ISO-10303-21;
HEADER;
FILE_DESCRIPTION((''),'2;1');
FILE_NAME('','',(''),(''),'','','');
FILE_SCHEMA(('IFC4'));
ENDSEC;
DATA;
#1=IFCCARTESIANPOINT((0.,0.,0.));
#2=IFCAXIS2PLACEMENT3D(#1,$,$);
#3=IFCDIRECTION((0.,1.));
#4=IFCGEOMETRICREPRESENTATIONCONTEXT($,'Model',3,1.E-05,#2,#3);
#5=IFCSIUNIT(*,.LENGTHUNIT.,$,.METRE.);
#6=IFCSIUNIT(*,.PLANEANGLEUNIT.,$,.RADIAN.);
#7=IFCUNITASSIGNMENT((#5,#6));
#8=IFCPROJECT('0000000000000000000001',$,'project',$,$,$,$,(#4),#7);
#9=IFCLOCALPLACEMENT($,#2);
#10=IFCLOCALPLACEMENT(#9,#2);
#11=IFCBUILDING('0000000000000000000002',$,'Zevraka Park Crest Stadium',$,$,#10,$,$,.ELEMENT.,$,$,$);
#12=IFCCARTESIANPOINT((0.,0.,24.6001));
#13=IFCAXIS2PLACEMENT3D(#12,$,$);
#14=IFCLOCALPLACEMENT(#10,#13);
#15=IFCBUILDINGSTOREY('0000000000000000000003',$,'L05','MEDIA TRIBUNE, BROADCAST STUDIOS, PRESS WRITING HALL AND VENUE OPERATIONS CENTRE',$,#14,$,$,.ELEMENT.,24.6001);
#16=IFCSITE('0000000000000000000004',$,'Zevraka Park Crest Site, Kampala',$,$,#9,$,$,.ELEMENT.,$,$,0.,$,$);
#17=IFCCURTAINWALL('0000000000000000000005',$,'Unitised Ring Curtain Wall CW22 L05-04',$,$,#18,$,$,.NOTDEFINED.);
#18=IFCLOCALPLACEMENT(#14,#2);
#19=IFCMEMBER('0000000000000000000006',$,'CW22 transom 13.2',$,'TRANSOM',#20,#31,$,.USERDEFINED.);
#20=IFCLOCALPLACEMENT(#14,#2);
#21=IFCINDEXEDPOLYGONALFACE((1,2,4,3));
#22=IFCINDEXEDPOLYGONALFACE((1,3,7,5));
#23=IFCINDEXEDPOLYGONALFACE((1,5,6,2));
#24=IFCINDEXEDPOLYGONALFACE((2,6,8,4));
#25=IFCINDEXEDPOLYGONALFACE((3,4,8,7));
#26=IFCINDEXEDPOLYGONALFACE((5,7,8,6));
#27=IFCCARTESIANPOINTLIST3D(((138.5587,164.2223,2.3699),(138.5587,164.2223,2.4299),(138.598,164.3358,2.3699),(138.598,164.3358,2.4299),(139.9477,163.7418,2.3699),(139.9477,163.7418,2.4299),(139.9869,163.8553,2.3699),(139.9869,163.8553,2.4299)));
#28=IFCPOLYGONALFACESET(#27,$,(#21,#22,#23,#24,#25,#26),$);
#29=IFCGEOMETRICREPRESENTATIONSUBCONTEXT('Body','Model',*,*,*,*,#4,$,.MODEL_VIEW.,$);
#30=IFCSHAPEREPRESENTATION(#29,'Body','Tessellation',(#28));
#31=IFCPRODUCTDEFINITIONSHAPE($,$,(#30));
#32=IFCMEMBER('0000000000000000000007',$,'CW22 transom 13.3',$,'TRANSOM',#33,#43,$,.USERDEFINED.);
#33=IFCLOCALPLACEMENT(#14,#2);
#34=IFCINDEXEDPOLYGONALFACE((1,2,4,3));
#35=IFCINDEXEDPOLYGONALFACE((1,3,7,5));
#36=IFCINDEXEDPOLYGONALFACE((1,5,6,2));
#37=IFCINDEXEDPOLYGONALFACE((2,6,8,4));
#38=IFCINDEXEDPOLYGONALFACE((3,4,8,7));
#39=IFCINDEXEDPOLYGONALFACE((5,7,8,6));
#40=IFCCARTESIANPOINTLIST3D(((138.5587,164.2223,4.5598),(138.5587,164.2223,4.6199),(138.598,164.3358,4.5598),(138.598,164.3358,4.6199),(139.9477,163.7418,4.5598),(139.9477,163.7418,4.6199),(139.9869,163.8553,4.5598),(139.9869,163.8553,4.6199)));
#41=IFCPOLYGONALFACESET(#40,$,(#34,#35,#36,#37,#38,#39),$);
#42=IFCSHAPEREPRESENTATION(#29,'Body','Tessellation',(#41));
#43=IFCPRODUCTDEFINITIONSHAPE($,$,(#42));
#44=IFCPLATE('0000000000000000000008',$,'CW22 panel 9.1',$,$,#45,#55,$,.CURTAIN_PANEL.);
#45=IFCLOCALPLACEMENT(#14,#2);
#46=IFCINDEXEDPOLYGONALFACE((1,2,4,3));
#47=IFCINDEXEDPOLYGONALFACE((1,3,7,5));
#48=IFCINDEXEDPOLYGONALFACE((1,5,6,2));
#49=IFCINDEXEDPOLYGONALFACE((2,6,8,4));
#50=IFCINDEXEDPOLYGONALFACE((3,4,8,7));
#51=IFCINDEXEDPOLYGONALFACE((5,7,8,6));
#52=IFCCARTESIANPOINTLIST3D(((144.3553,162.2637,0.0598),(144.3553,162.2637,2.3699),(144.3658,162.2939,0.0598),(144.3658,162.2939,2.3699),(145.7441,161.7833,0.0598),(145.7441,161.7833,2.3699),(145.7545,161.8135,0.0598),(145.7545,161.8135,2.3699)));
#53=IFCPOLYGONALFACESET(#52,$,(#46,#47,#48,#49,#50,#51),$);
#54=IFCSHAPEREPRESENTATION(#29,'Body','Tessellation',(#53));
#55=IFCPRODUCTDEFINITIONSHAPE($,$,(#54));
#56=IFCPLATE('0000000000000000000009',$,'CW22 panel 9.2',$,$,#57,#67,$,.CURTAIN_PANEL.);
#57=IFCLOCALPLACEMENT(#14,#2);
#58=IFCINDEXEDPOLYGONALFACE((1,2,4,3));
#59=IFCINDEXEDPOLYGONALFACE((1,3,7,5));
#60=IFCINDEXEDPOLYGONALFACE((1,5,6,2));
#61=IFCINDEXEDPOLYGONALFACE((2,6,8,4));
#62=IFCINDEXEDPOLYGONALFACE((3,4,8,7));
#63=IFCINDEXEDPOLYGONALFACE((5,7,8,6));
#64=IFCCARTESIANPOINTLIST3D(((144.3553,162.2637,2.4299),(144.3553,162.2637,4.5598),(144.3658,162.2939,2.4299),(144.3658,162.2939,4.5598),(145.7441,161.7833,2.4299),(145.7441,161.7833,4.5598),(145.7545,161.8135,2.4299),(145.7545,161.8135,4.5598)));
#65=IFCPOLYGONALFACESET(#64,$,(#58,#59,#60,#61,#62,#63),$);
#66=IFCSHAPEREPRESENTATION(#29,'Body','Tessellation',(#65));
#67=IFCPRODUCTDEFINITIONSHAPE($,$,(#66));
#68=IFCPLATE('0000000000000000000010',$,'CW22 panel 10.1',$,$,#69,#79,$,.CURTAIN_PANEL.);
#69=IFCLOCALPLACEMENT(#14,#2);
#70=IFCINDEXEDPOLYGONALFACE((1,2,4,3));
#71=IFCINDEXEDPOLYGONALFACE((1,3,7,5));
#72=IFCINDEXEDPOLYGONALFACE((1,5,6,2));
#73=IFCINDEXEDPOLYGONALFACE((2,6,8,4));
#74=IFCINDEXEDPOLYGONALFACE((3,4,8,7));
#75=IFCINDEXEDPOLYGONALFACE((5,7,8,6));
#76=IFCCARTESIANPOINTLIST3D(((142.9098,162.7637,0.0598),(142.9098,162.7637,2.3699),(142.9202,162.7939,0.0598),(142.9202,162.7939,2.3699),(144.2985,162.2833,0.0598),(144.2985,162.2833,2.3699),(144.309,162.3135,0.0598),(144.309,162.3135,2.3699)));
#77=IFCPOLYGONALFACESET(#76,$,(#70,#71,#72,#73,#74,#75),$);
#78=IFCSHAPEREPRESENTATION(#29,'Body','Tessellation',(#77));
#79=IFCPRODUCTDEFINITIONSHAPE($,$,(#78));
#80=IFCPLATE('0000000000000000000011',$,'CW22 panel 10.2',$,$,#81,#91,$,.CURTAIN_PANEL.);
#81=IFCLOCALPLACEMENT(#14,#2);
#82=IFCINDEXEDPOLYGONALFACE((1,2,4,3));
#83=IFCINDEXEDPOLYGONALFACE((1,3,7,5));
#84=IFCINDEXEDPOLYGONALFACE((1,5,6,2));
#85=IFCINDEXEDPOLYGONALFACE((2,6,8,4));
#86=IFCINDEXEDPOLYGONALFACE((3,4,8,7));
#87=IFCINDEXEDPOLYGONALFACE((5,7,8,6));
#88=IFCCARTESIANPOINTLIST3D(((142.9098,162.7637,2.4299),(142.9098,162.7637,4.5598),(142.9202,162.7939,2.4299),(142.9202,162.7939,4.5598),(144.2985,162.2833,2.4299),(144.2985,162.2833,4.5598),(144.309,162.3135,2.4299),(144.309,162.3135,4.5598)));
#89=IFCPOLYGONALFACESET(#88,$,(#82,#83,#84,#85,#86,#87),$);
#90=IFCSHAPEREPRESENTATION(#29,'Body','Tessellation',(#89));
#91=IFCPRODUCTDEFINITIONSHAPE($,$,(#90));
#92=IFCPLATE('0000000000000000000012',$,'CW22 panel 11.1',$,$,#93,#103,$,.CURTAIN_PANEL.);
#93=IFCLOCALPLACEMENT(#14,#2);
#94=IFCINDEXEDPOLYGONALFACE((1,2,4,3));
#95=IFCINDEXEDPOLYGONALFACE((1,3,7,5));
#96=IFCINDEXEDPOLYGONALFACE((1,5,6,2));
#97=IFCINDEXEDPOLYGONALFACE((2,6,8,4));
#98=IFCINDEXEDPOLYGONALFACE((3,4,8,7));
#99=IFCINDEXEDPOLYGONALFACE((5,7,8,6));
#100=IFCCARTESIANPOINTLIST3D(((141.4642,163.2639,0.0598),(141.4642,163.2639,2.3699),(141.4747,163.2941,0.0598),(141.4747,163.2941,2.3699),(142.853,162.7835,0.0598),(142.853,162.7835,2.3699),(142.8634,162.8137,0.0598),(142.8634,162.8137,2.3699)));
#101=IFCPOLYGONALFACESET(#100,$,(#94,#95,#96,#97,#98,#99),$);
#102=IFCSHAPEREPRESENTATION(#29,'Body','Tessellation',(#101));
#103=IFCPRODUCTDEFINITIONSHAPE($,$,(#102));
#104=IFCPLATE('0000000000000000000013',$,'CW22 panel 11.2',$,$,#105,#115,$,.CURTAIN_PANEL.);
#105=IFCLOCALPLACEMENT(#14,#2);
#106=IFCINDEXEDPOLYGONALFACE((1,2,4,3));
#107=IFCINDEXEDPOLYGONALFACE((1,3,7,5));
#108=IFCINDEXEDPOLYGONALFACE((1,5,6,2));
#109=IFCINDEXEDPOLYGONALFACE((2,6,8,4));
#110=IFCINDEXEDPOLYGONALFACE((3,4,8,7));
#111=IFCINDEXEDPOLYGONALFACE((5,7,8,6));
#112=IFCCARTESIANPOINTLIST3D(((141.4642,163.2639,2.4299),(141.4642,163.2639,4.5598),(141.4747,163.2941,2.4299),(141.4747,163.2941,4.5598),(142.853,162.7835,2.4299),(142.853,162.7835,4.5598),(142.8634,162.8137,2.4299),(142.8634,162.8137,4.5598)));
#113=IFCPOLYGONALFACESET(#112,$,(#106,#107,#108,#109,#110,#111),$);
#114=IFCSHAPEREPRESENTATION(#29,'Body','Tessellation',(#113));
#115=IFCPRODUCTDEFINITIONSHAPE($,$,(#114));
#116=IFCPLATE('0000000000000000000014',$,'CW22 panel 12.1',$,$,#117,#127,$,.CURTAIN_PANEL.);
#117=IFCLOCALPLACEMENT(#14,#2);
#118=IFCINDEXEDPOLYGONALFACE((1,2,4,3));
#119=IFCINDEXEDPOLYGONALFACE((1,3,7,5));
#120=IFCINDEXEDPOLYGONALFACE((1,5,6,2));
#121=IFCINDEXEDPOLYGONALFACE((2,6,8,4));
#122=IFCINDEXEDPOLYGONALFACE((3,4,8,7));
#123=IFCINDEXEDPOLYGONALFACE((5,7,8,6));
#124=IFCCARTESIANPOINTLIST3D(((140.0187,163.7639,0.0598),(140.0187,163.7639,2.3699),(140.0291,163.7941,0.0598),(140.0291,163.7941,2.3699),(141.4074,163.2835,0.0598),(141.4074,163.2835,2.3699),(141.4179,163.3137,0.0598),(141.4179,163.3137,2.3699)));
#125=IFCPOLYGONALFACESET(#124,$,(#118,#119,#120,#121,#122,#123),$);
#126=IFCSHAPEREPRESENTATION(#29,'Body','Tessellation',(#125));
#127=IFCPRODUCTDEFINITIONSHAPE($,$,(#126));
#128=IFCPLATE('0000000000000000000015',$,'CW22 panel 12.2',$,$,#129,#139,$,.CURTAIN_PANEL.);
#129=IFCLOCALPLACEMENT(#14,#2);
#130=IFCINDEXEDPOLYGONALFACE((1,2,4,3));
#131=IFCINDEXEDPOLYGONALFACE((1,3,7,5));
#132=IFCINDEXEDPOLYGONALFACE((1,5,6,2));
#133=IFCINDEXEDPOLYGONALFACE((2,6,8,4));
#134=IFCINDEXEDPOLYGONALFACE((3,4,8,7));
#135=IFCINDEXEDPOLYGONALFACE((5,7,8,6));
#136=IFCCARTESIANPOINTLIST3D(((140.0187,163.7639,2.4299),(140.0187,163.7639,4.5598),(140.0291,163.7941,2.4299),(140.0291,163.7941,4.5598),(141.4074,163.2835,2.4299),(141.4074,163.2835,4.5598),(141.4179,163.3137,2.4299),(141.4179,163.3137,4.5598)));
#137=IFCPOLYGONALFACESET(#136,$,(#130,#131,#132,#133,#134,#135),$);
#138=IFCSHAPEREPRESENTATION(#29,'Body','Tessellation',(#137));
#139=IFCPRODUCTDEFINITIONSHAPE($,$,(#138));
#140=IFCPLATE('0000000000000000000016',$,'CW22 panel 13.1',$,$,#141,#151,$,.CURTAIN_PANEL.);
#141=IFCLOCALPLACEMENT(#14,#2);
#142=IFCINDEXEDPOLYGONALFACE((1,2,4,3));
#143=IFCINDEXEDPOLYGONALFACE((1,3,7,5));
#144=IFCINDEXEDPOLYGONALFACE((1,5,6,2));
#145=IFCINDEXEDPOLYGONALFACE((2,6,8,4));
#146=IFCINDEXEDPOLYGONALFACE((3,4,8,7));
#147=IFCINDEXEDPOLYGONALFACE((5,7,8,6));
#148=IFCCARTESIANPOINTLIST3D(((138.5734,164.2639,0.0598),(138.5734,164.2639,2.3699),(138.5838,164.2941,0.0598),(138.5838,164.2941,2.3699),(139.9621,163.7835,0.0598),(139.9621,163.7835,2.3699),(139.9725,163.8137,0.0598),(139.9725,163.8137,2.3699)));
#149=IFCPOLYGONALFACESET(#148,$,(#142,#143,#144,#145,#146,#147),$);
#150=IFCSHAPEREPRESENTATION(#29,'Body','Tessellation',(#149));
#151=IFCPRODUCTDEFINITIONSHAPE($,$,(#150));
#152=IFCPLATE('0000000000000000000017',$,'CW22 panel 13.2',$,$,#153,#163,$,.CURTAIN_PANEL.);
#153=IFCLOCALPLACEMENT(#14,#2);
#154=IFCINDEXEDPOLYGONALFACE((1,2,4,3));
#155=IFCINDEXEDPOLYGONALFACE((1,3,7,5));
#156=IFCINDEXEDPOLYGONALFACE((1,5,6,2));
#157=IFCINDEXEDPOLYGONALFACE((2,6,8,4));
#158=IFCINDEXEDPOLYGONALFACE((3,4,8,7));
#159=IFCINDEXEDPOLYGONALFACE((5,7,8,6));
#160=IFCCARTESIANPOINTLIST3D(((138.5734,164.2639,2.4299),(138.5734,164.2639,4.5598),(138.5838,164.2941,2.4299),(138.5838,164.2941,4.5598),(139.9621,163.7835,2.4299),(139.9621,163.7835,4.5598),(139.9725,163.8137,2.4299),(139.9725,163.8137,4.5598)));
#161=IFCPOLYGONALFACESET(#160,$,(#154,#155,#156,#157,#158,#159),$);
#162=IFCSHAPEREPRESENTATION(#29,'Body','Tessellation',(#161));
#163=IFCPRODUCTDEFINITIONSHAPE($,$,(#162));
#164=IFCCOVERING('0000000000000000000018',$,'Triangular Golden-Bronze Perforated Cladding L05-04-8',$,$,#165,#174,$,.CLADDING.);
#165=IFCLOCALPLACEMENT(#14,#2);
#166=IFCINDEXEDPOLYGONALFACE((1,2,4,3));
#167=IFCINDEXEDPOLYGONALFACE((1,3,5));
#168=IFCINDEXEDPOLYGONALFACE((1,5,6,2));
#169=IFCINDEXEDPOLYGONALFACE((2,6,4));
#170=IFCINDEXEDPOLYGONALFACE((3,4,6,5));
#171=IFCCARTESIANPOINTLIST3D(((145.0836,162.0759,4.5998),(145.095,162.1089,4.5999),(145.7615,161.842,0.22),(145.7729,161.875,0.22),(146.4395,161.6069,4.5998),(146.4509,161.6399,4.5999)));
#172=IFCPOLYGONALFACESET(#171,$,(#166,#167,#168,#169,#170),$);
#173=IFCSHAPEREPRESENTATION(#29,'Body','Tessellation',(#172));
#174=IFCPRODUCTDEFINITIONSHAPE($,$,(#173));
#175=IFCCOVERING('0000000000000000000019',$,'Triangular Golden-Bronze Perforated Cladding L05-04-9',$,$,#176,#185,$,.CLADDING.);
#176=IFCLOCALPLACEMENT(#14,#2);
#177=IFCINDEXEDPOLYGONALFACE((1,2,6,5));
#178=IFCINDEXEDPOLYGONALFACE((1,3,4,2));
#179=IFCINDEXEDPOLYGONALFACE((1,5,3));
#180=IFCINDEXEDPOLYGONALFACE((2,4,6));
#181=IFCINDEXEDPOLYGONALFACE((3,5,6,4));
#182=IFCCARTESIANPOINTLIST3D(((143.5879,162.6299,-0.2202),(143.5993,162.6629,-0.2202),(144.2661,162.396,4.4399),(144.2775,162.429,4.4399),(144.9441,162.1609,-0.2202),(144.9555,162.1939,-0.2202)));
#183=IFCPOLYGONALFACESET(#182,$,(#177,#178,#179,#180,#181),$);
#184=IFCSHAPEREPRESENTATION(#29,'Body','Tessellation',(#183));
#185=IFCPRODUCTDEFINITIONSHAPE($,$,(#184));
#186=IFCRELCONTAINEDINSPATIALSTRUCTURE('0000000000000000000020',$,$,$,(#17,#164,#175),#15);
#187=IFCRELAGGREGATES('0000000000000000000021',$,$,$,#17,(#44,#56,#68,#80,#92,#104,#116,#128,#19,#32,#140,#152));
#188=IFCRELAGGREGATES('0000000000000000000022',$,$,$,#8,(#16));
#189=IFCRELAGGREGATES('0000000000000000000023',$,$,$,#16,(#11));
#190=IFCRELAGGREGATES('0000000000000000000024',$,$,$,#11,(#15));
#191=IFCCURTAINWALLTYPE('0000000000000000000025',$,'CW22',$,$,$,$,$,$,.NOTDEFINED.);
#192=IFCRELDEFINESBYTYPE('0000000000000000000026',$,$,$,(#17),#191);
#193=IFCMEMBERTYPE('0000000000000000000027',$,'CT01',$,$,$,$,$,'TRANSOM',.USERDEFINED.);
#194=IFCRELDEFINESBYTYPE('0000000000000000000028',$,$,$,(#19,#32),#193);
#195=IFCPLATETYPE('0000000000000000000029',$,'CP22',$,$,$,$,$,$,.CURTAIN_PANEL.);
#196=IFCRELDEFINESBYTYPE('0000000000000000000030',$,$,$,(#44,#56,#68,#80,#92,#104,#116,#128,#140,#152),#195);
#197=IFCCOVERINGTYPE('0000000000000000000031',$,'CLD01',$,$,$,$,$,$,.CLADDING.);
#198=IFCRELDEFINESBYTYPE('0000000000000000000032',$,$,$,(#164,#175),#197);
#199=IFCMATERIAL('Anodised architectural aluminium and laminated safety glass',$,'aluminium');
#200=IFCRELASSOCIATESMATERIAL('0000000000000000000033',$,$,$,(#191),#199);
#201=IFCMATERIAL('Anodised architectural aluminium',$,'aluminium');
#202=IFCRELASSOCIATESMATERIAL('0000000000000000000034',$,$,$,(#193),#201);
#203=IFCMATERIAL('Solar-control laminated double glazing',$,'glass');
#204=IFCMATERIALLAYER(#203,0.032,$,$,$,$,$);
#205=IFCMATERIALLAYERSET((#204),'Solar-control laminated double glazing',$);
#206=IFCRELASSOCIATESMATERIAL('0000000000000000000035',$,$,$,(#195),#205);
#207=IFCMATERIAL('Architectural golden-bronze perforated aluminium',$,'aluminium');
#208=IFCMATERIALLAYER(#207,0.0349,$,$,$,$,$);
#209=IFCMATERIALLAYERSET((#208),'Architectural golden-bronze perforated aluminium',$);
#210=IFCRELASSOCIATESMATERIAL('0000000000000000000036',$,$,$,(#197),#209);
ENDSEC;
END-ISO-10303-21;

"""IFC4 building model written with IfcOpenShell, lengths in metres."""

from ifc_helpers import new_model, si_unit, direction, frame, origin, origin_2d, place, context, subcontext, project, spatial, polyline, rectangle, outline, extrude, material, layer, layer_set, material_profile, profile_set, type_object, element, aggregate, save


model = new_model("IFC4")

# Units and contexts
model_context = context("Model", 3, precision=1e-05, world=origin(), true_north=direction((0.0, 1.0)))
body_context = subcontext(model_context, "Body", "Model", "MODEL_VIEW")
ifc_project = project(units=[si_unit("LENGTHUNIT", "METRE"), si_unit("PLANEANGLEUNIT", "RADIAN")], contexts=[model_context])

# Site, building, storey
site_placement = place(None, origin())
site = spatial("IfcSite", under=ifc_project, at=site_placement, Name="Zevraka Park Crest Site, Kampala", CompositionType="ELEMENT", RefElevation=0.0)
building_placement = place(site_placement, origin())
building = spatial("IfcBuilding", under=site, at=building_placement, Name="Zevraka Park Crest Stadium", CompositionType="ELEMENT")
storey_placement = place(building_placement, frame((0.0, 0.0, 24.6001)))
storey = spatial("IfcBuildingStorey", under=building, at=storey_placement, Name="L05", Description="MEDIA TRIBUNE, BROADCAST STUDIOS, PRESS WRITING HALL AND VENUE OPERATIONS CENTRE", CompositionType="ELEMENT", Elevation=24.6001)

# Curtain wall, members, plates
ifc_material_1 = material(Name="Anodised architectural aluminium and laminated safety glass", Category="aluminium")
curtain_wall_type = type_object("IfcCurtainWallType", Name="CW22", PredefinedType="NOTDEFINED", material=ifc_material_1)
curtain_wall_placement = place(storey_placement, origin())
curtain_wall = element("IfcCurtainWall", 1, at=curtain_wall_placement, inside=storey, type_object=curtain_wall_type, Name="Unitised Ring Curtain Wall CW22 L05-04", PredefinedType="NOTDEFINED")
ifc_material_2 = material(Name="Anodised architectural aluminium", Category="aluminium")
ifc_material_profile_1 = material_profile(ifc_material_2, rectangle(XDim=0.1201, YDim=0.0601, at=origin_2d()), Name="ALU TRANSOM 120x60")
ifc_profile_set_1 = profile_set([ifc_material_profile_1], Name="Anodised architectural aluminium")
member_type_1 = type_object("IfcMemberType", Name="CT01", ElementType="TRANSOM", PredefinedType="USERDEFINED", material=ifc_profile_set_1)
member_1_placement = place(storey_placement, frame((139.9673, 163.7986, 2.3999), z_axis=(-0.945051, 0.326922, 0.0), x_axis=(-0.326922, -0.945051, 0.0)))
member_1 = element("IfcMember", 2, at=member_1_placement, type_object=member_type_1, Name="CW22 transom 13.2", ObjectType="TRANSOM", PredefinedType="USERDEFINED", context=body_context, shape_type="SweptSolid", body=[
    extrude(rectangle(XDim=0.1201, YDim=0.0601, at=origin_2d()), origin(), (0.0, 0.0, 1.0), 1.4697),
])
member_2_placement = place(storey_placement, frame((139.9673, 163.7986, 4.5898), z_axis=(-0.945051, 0.326922, 0.0), x_axis=(-0.326922, -0.945051, 0.0)))
member_2 = element("IfcMember", 3, at=member_2_placement, type_object=member_type_1, Name="CW22 transom 13.3", ObjectType="TRANSOM", PredefinedType="USERDEFINED", context=body_context, shape_type="SweptSolid", body=[
    extrude(rectangle(XDim=0.1201, YDim=0.0601, at=origin_2d()), origin(), (0.0, 0.0, 1.0), 1.4697),
])
ifc_material_3 = material(Name="Solar-control laminated double glazing", Category="glass")
ifc_layer_1 = layer(ifc_material_3, 0.032)
ifc_layer_set_1 = layer_set([ifc_layer_1], Name="Solar-control laminated double glazing")
plate_type = type_object("IfcPlateType", Name="CP22", PredefinedType="CURTAIN_PANEL", material=ifc_layer_set_1)
plate_1_placement = place(storey_placement, frame((145.0549, 162.0386, 0.0598), z_axis=(0.0, 0.0, 1.0), x_axis=(-0.945049, 0.326929, 0.0)))
plate_1 = element("IfcPlate", 4, at=plate_1_placement, type_object=plate_type, Name="CW22 panel 9.1", PredefinedType="CURTAIN_PANEL", context=body_context, shape_type="SweptSolid", body=[
    extrude(rectangle(XDim=1.4695, YDim=0.032, at=origin_2d()), origin(), (0.0, 0.0, 1.0), 2.3101),
])
plate_2_placement = place(storey_placement, frame((145.0549, 162.0386, 2.4299), z_axis=(0.0, 0.0, 1.0), x_axis=(-0.945049, 0.326929, 0.0)))
plate_2 = element("IfcPlate", 5, at=plate_2_placement, type_object=plate_type, Name="CW22 panel 9.2", PredefinedType="CURTAIN_PANEL", context=body_context, shape_type="SweptSolid", body=[
    extrude(rectangle(XDim=1.4695, YDim=0.032, at=origin_2d()), origin(), (0.0, 0.0, 1.0), 2.1299),
])
plate_3_placement = place(storey_placement, frame((143.6094, 162.5386, 0.0598), z_axis=(0.0, 0.0, 1.0), x_axis=(-0.945049, 0.326929, 0.0)))
plate_3 = element("IfcPlate", 6, at=plate_3_placement, type_object=plate_type, Name="CW22 panel 10.1", PredefinedType="CURTAIN_PANEL", context=body_context, shape_type="SweptSolid", body=[
    extrude(rectangle(XDim=1.4695, YDim=0.032, at=origin_2d()), origin(), (0.0, 0.0, 1.0), 2.3101),
])
plate_4_placement = place(storey_placement, frame((143.6094, 162.5386, 2.4299), z_axis=(0.0, 0.0, 1.0), x_axis=(-0.945049, 0.326929, 0.0)))
plate_4 = element("IfcPlate", 7, at=plate_4_placement, type_object=plate_type, Name="CW22 panel 10.2", PredefinedType="CURTAIN_PANEL", context=body_context, shape_type="SweptSolid", body=[
    extrude(rectangle(XDim=1.4695, YDim=0.032, at=origin_2d()), origin(), (0.0, 0.0, 1.0), 2.1299),
])
plate_5_placement = place(storey_placement, frame((142.1638, 163.0388, 0.0598), z_axis=(0.0, 0.0, 1.0), x_axis=(-0.945049, 0.326929, 0.0)))
plate_5 = element("IfcPlate", 8, at=plate_5_placement, type_object=plate_type, Name="CW22 panel 11.1", PredefinedType="CURTAIN_PANEL", context=body_context, shape_type="SweptSolid", body=[
    extrude(rectangle(XDim=1.4695, YDim=0.032, at=origin_2d()), origin(), (0.0, 0.0, 1.0), 2.3101),
])
plate_6_placement = place(storey_placement, frame((142.1638, 163.0388, 2.4299), z_axis=(0.0, 0.0, 1.0), x_axis=(-0.945049, 0.326929, 0.0)))
plate_6 = element("IfcPlate", 9, at=plate_6_placement, type_object=plate_type, Name="CW22 panel 11.2", PredefinedType="CURTAIN_PANEL", context=body_context, shape_type="SweptSolid", body=[
    extrude(rectangle(XDim=1.4695, YDim=0.032, at=origin_2d()), origin(), (0.0, 0.0, 1.0), 2.1299),
])
plate_7_placement = place(storey_placement, frame((140.7183, 163.5388, 0.0598), z_axis=(0.0, 0.0, 1.0), x_axis=(-0.945049, 0.326929, 0.0)))
plate_7 = element("IfcPlate", 10, at=plate_7_placement, type_object=plate_type, Name="CW22 panel 12.1", PredefinedType="CURTAIN_PANEL", context=body_context, shape_type="SweptSolid", body=[
    extrude(rectangle(XDim=1.4695, YDim=0.032, at=origin_2d()), origin(), (0.0, 0.0, 1.0), 2.3101),
])
plate_8_placement = place(storey_placement, frame((140.7183, 163.5388, 2.4299), z_axis=(0.0, 0.0, 1.0), x_axis=(-0.945049, 0.326929, 0.0)))
plate_8 = element("IfcPlate", 11, at=plate_8_placement, type_object=plate_type, Name="CW22 panel 12.2", PredefinedType="CURTAIN_PANEL", context=body_context, shape_type="SweptSolid", body=[
    extrude(rectangle(XDim=1.4695, YDim=0.032, at=origin_2d()), origin(), (0.0, 0.0, 1.0), 2.1299),
])
plate_9_placement = place(storey_placement, frame((139.2729, 164.0388, 0.0598), z_axis=(0.0, 0.0, 1.0), x_axis=(-0.945049, 0.326929, 0.0)))
plate_9 = element("IfcPlate", 12, at=plate_9_placement, type_object=plate_type, Name="CW22 panel 13.1", PredefinedType="CURTAIN_PANEL", context=body_context, shape_type="SweptSolid", body=[
    extrude(rectangle(XDim=1.4695, YDim=0.032, at=origin_2d()), origin(), (0.0, 0.0, 1.0), 2.3101),
])
plate_10_placement = place(storey_placement, frame((139.2729, 164.0388, 2.4299), z_axis=(0.0, 0.0, 1.0), x_axis=(-0.945049, 0.326929, 0.0)))
plate_10 = element("IfcPlate", 13, at=plate_10_placement, type_object=plate_type, Name="CW22 panel 13.2", PredefinedType="CURTAIN_PANEL", context=body_context, shape_type="SweptSolid", body=[
    extrude(rectangle(XDim=1.4695, YDim=0.032, at=origin_2d()), origin(), (0.0, 0.0, 1.0), 2.1299),
])
aggregate(curtain_wall, [plate_1, plate_2, plate_3, plate_4, plate_5, plate_6, plate_7, plate_8, member_1, member_2, plate_9, plate_10])

# Coverings
ifc_material_4 = material(Name="Architectural golden-bronze perforated aluminium", Category="aluminium")
ifc_layer_2 = layer(ifc_material_4, 0.0349)
ifc_layer_set_2 = layer_set([ifc_layer_2], Name="Architectural golden-bronze perforated aluminium")
covering_type = type_object("IfcCoveringType", Name="CLD01", PredefinedType="CLADDING", material=ifc_layer_set_2)
covering_1_placement = place(storey_placement, frame((145.095, 162.1089, 4.5999), z_axis=(0.326877, 0.945067, 0.000132), x_axis=(0.945067, -0.326877, 0.0)))
element("IfcCovering", 14, at=covering_1_placement, inside=storey, type_object=covering_type, Name="Triangular Golden-Bronze Perforated Cladding L05-04-8", PredefinedType="CLADDING", context=body_context, shape_type="SweptSolid", body=[
    extrude(outline(polyline([(0.0, 0.0), (1.4348, 0.0), (0.7172, 4.3799), (0.0, 0.0)])), origin(), (0.0, 0.0, -1.0), 0.0349),
])
covering_2_placement = place(storey_placement, frame((144.9441, 162.1609, -0.2202), z_axis=(-0.326824, -0.945085, 0.000132), x_axis=(-0.945085, 0.326824, 0.0)))
element("IfcCovering", 15, at=covering_2_placement, inside=storey, type_object=covering_type, Name="Triangular Golden-Bronze Perforated Cladding L05-04-9", PredefinedType="CLADDING", context=body_context, shape_type="SweptSolid", body=[
    extrude(outline(polyline([(0.0, 0.0), (1.435, 0.0), (0.7176, -4.6602), (0.0, 0.0)])), origin(), (0.0, 0.0, -1.0), 0.0349),
])

save(model, "model.ifc")
